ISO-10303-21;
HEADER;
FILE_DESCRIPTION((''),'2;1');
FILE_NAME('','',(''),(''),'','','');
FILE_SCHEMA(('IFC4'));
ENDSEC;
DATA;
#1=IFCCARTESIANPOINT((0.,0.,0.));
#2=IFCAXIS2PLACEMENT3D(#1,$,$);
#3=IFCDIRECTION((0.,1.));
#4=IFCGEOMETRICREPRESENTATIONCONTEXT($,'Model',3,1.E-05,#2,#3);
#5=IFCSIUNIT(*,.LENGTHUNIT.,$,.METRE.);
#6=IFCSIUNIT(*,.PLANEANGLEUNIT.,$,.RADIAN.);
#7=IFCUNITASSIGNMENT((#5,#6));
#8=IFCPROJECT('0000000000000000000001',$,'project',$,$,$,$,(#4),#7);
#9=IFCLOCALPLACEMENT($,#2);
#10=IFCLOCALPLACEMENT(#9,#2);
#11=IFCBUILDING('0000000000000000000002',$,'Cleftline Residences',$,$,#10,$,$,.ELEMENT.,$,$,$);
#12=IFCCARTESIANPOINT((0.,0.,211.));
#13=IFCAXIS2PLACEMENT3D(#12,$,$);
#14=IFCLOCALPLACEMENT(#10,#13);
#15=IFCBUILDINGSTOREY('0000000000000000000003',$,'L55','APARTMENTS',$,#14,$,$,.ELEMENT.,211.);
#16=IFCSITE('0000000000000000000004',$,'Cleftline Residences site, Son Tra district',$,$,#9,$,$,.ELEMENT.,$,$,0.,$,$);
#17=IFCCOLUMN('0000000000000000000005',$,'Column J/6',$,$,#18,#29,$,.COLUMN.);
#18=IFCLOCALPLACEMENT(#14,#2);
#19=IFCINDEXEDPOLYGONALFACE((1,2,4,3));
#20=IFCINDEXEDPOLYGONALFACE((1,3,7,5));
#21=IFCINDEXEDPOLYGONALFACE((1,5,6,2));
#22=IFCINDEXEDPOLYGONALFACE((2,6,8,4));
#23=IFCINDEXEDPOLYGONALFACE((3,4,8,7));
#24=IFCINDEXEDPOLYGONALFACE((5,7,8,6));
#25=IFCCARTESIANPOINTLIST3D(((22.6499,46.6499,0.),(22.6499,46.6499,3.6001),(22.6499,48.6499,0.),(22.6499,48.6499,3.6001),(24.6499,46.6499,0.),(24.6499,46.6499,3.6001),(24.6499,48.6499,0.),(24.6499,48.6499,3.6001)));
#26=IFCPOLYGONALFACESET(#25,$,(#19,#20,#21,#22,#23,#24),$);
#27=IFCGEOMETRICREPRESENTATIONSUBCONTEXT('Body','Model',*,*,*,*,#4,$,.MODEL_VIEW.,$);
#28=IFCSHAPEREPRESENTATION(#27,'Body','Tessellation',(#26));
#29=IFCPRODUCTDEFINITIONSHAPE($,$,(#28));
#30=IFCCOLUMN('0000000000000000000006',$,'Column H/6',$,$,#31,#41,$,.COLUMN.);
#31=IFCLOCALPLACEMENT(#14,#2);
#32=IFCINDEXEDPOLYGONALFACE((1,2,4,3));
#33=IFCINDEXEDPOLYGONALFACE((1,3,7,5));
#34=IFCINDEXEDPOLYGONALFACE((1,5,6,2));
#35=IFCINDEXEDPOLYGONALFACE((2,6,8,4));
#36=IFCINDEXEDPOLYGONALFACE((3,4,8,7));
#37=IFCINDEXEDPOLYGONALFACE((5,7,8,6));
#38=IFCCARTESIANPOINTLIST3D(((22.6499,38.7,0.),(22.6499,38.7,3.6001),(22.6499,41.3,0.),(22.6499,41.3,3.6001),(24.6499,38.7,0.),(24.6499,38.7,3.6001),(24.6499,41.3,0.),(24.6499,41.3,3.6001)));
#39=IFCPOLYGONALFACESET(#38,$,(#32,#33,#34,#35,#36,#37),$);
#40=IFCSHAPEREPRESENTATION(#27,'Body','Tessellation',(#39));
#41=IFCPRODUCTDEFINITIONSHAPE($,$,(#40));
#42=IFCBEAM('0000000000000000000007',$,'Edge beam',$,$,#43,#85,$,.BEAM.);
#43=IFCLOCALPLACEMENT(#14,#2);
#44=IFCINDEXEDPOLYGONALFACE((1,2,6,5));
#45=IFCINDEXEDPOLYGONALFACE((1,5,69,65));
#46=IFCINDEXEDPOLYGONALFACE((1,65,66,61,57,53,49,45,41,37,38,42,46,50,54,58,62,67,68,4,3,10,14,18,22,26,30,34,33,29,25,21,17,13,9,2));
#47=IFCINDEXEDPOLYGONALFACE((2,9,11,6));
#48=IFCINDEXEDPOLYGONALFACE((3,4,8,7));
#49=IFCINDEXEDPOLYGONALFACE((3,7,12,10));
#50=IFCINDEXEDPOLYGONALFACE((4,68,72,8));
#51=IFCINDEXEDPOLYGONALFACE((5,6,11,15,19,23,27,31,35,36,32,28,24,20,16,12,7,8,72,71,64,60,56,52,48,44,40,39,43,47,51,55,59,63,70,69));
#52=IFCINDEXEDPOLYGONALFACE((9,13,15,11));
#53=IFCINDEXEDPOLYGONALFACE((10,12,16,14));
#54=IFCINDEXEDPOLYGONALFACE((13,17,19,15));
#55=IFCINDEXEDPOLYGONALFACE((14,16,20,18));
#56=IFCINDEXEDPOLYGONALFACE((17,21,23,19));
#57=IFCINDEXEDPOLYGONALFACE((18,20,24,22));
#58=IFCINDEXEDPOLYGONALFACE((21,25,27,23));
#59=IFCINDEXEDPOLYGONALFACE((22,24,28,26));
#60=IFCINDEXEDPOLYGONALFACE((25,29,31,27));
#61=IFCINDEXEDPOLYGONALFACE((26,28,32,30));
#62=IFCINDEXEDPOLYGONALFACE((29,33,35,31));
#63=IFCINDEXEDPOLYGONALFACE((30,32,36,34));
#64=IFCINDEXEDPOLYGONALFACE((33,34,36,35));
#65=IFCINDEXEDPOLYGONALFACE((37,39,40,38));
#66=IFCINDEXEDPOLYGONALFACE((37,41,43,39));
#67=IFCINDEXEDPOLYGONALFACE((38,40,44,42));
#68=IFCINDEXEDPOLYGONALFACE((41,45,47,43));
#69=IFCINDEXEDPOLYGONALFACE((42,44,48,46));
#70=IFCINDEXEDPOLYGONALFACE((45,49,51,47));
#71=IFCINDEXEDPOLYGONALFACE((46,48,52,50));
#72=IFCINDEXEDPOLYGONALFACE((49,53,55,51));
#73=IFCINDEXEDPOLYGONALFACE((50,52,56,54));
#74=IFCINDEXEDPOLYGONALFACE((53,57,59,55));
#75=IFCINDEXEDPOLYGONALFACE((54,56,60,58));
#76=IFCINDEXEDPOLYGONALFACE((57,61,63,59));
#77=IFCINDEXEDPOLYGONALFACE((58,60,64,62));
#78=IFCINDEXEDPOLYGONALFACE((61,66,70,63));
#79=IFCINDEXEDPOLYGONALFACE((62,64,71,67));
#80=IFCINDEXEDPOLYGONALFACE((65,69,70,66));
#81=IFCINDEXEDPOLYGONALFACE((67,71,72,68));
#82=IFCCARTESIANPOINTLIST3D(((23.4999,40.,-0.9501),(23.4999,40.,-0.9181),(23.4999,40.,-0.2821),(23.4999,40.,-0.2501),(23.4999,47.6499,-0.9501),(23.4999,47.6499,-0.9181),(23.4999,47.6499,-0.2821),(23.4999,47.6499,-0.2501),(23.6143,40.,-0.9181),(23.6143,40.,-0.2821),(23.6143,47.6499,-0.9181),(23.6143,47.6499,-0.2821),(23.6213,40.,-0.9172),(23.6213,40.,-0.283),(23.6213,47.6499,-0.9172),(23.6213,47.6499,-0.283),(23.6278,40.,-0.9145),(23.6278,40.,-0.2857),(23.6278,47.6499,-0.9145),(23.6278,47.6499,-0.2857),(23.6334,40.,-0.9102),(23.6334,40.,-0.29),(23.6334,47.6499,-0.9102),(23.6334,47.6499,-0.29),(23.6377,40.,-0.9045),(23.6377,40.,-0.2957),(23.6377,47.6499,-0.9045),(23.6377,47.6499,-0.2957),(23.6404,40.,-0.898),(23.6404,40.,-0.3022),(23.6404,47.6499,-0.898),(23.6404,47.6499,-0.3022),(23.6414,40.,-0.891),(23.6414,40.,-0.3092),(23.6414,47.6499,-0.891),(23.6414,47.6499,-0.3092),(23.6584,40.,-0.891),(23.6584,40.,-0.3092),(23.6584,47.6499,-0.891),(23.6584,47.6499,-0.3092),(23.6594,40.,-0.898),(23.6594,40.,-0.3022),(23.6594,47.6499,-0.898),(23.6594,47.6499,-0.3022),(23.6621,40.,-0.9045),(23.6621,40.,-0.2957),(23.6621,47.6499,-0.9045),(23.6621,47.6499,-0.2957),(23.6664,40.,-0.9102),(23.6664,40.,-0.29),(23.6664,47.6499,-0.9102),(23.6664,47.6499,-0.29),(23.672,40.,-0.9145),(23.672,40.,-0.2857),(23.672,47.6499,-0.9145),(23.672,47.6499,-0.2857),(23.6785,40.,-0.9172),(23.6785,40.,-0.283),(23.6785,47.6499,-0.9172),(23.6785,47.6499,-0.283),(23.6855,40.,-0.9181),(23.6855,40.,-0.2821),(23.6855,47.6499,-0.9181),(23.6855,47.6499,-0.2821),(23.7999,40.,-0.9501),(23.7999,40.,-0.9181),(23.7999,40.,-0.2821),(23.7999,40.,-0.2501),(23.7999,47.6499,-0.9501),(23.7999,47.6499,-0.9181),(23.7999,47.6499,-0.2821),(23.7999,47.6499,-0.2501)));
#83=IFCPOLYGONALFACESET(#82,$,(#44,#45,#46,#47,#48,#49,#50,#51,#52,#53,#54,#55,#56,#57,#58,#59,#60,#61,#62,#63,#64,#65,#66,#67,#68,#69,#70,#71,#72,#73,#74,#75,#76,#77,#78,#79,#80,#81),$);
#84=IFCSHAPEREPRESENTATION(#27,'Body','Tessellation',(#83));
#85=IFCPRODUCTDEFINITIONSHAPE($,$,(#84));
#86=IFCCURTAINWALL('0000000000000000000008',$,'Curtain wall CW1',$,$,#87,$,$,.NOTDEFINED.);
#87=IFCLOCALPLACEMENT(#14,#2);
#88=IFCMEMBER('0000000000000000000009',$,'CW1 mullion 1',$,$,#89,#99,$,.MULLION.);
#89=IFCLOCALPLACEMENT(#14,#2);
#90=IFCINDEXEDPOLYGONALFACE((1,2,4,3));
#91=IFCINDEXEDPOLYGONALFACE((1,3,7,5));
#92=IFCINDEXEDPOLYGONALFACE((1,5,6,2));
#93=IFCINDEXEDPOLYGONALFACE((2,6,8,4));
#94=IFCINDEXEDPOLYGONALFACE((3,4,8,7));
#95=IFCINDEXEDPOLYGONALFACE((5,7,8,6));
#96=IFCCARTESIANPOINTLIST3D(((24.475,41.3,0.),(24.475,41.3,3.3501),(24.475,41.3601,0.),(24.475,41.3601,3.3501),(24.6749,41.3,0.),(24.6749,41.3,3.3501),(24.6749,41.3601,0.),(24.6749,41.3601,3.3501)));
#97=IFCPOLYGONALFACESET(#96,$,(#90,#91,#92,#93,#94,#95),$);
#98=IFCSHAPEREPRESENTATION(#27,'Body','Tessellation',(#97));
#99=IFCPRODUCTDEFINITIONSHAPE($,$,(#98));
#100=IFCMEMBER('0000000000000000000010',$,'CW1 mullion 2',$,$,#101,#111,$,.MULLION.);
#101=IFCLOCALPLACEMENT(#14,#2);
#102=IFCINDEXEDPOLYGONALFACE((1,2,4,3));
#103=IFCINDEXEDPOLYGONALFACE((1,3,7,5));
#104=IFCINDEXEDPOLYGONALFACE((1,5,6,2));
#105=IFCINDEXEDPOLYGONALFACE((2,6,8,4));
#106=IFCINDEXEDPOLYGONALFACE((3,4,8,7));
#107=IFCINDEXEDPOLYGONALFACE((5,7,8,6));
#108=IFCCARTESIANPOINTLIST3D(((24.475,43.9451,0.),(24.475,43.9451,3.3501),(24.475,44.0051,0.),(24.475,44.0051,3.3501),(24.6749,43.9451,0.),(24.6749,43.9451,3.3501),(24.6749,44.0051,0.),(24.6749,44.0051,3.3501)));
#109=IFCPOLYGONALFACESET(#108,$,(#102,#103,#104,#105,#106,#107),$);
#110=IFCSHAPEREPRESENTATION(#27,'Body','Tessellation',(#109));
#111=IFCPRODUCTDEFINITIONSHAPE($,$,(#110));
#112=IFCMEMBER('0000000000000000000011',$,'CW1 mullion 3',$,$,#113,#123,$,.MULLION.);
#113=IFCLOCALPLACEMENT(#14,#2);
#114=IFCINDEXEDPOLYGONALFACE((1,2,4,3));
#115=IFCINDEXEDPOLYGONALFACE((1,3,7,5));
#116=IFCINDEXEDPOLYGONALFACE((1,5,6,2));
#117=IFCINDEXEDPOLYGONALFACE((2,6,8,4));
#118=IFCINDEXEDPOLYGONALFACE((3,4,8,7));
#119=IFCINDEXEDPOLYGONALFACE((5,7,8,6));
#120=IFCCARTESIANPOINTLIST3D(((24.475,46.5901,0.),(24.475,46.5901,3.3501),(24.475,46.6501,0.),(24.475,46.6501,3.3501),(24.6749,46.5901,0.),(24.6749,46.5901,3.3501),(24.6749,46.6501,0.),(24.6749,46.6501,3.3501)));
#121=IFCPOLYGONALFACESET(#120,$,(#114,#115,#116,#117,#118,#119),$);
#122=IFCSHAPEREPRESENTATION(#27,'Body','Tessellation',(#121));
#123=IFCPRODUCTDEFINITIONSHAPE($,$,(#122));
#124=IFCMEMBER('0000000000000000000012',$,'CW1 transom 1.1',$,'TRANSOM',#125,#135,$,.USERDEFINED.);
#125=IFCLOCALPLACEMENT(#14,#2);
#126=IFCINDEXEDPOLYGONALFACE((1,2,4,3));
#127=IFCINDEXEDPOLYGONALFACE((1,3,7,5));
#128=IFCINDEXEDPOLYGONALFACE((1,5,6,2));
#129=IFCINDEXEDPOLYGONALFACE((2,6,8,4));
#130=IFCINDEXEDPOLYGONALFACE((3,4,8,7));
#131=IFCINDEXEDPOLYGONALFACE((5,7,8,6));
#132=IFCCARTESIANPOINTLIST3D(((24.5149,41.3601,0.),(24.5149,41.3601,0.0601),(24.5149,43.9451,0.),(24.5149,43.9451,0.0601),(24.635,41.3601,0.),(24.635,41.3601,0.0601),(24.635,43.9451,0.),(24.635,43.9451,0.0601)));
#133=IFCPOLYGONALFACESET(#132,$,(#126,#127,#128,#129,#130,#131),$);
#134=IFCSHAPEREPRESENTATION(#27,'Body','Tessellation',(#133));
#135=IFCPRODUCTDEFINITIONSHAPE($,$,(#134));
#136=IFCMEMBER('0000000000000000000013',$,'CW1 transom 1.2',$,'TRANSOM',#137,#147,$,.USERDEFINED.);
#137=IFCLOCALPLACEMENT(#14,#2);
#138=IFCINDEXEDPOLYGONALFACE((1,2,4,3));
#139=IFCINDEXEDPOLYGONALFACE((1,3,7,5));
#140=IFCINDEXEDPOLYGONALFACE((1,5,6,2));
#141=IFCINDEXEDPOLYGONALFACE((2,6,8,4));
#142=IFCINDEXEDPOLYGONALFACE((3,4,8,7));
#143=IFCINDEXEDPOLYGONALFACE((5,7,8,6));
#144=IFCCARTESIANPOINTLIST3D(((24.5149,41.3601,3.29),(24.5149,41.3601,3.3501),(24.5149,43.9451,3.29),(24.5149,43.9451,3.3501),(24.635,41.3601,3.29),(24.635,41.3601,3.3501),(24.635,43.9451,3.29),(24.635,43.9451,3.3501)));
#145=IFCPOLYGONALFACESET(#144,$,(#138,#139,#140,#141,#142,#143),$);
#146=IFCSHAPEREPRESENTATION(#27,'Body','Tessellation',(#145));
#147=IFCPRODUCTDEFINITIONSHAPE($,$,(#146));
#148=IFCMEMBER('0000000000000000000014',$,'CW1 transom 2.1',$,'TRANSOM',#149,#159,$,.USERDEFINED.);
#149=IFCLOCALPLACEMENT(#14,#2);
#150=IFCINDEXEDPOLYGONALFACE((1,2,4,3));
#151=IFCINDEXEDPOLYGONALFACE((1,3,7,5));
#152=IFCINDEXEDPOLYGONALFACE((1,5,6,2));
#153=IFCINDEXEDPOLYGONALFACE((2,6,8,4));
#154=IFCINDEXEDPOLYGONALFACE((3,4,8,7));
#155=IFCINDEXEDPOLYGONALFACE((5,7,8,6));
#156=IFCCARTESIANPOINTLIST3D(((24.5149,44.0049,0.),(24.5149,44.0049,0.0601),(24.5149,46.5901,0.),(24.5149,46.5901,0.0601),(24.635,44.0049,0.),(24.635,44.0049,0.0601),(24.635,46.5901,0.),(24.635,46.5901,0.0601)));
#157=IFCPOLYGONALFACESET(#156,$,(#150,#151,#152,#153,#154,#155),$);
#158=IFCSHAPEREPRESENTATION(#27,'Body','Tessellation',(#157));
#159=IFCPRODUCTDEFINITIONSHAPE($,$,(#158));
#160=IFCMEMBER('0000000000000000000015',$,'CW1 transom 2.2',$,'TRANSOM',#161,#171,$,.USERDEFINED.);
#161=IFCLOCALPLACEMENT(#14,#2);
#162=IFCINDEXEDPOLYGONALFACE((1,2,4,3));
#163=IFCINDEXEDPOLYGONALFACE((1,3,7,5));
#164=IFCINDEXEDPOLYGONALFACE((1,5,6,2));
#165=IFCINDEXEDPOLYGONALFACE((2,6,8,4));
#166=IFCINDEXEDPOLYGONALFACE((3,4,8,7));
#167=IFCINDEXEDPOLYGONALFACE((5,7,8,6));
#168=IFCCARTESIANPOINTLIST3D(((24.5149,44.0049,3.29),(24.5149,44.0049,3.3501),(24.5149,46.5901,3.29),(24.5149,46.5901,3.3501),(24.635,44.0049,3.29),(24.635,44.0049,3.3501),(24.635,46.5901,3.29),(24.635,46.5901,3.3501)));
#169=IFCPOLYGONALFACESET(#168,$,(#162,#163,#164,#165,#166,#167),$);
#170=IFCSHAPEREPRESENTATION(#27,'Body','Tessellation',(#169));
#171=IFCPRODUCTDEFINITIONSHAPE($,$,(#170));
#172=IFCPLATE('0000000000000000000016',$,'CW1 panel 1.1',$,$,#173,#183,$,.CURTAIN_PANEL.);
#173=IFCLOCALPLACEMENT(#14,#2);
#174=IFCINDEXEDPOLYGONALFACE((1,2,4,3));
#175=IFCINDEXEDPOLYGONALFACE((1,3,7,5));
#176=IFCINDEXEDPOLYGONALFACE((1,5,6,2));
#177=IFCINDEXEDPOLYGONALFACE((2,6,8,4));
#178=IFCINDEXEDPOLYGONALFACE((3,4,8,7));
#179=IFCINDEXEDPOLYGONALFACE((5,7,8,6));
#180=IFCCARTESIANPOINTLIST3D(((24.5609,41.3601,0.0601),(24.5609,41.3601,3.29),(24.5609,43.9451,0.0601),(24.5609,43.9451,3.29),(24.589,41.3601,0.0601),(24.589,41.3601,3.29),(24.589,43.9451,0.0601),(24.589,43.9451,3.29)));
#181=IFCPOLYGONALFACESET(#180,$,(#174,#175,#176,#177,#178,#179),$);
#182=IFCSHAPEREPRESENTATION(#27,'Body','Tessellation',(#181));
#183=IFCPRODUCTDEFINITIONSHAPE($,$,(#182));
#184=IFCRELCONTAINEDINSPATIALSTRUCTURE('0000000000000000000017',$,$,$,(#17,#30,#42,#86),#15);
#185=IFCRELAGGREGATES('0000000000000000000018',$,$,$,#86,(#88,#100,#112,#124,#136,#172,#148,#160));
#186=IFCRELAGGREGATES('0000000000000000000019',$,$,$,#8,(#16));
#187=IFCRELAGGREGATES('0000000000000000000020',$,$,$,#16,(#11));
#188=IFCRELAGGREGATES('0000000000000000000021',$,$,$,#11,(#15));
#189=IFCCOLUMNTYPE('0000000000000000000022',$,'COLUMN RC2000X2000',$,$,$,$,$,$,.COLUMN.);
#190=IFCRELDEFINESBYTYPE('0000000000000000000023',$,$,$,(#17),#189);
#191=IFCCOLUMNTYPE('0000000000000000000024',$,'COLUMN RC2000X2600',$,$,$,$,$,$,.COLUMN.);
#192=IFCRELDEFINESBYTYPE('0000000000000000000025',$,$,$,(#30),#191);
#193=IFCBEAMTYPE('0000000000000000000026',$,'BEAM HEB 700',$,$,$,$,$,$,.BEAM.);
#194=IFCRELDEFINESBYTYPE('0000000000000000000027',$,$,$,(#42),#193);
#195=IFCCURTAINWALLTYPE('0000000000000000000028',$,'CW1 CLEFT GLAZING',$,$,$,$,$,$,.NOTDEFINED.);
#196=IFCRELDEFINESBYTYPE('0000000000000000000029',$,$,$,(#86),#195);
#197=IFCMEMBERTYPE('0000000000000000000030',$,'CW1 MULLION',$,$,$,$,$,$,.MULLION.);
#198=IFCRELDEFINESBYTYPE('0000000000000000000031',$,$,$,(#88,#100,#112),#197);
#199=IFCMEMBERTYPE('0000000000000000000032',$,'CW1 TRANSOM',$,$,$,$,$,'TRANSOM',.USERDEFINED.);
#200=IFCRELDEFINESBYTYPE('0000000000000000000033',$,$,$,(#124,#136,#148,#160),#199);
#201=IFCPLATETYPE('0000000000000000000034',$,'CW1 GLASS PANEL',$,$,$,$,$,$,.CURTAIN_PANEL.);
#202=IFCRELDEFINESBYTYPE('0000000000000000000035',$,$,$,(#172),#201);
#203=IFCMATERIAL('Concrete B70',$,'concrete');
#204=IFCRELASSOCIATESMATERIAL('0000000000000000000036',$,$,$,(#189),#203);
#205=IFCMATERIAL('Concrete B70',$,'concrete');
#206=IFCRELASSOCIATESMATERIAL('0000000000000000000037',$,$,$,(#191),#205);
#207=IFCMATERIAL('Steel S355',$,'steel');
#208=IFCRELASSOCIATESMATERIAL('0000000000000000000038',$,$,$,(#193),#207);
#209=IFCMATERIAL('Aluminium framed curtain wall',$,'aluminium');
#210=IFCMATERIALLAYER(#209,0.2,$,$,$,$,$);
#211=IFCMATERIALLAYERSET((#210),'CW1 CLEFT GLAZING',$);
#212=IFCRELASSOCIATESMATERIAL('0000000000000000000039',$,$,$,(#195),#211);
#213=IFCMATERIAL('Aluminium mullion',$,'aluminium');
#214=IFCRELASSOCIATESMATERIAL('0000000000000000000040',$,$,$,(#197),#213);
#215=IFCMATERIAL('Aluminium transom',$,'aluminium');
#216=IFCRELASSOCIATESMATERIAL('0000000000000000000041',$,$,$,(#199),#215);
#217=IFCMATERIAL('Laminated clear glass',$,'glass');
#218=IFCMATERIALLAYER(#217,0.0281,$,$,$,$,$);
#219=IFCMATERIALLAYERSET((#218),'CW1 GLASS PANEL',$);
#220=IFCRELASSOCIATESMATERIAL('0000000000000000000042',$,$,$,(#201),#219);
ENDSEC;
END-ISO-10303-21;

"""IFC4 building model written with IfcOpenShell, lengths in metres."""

from ifc_helpers import new_model, si_unit, direction, frame, origin, origin_2d, place, context, subcontext, project, spatial, rectangle, i_section, extrude, material, layer, layer_set, material_profile, profile_set, type_object, element, aggregate, save


model = new_model("IFC4")

# Units and contexts
model_context = context("Model", 3, precision=1e-05, world=origin(), true_north=direction((0.0, 1.0)))
body_context = subcontext(model_context, "Body", "Model", "MODEL_VIEW")
ifc_project = project(units=[si_unit("LENGTHUNIT", "METRE"), si_unit("PLANEANGLEUNIT", "RADIAN")], contexts=[model_context])

# Site, building, storey
site_placement = place(None, origin())
site = spatial("IfcSite", under=ifc_project, at=site_placement, Name="Cleftline Residences site, Son Tra district", CompositionType="ELEMENT", RefElevation=0.0)
building_placement = place(site_placement, origin())
building = spatial("IfcBuilding", under=site, at=building_placement, Name="Cleftline Residences", CompositionType="ELEMENT")
storey_placement = place(building_placement, frame((0.0, 0.0, 211.0)))
storey = spatial("IfcBuildingStorey", under=building, at=storey_placement, Name="L55", Description="APARTMENTS", CompositionType="ELEMENT", Elevation=211.0)

# Columns
ifc_material_1 = material(Name="Concrete B70", Category="concrete")
ifc_material_profile_1 = material_profile(ifc_material_1, rectangle(XDim=2.0, YDim=2.0, at=origin_2d()))
ifc_profile_set_1 = profile_set([ifc_material_profile_1], Name="Concrete B70")
column_type_1 = type_object("IfcColumnType", Name="COLUMN RC2000X2000", PredefinedType="COLUMN", material=ifc_profile_set_1)
column_1_placement = place(storey_placement, frame((23.6499, 47.6499, 0.0), z_axis=(0.0, 0.0, 1.0), x_axis=(1.0, 0.0, 0.0)))
element("IfcColumn", 1, at=column_1_placement, inside=storey, type_object=column_type_1, Name="Column J/6", PredefinedType="COLUMN", context=body_context, shape_type="SweptSolid", body=[
    extrude(rectangle(XDim=2.0, YDim=2.0, at=origin_2d()), origin(), (0.0, 0.0, 1.0), 3.6001),
])
ifc_material_2 = material(Name="Concrete B70", Category="concrete")
ifc_material_profile_2 = material_profile(ifc_material_2, rectangle(XDim=2.0, YDim=2.6001, at=origin_2d()))
ifc_profile_set_2 = profile_set([ifc_material_profile_2], Name="Concrete B70")
column_type_2 = type_object("IfcColumnType", Name="COLUMN RC2000X2600", PredefinedType="COLUMN", material=ifc_profile_set_2)
column_2_placement = place(storey_placement, frame((23.6499, 40.0, 0.0), z_axis=(0.0, 0.0, 1.0), x_axis=(1.0, 0.0, 0.0)))
element("IfcColumn", 2, at=column_2_placement, inside=storey, type_object=column_type_2, Name="Column H/6", PredefinedType="COLUMN", context=body_context, shape_type="SweptSolid", body=[
    extrude(rectangle(XDim=2.0, YDim=2.6001, at=origin_2d()), origin(), (0.0, 0.0, 1.0), 3.6001),
])

# Beam
ifc_material_3 = material(Name="Steel S355", Category="steel")
ifc_material_profile_3 = material_profile(ifc_material_3, i_section(OverallWidth=0.3, OverallDepth=0.7, WebThickness=0.0171, FlangeThickness=0.032, FilletRadius=0.0271, at=origin_2d()))
ifc_profile_set_3 = profile_set([ifc_material_profile_3], Name="Steel S355")
beam_type = type_object("IfcBeamType", Name="BEAM HEB 700", PredefinedType="BEAM", material=ifc_profile_set_3)
beam_placement = place(storey_placement, frame((23.6499, 47.6499, -0.6001), z_axis=(0.0, -1.0, 0.0), x_axis=(1.0, 0.0, 0.0)))
element("IfcBeam", 3, at=beam_placement, inside=storey, type_object=beam_type, Name="Edge beam", PredefinedType="BEAM", context=body_context, shape_type="SweptSolid", body=[
    extrude(i_section(OverallWidth=0.3, OverallDepth=0.7, WebThickness=0.0171, FlangeThickness=0.032, FilletRadius=0.0271, at=origin_2d()), origin(), (0.0, 0.0, 1.0), 7.6499),
])

# Curtain wall, members, plate
ifc_material_4 = material(Name="Aluminium framed curtain wall", Category="aluminium")
ifc_layer_1 = layer(ifc_material_4, 0.2)
ifc_layer_set_1 = layer_set([ifc_layer_1], Name="CW1 CLEFT GLAZING")
curtain_wall_type = type_object("IfcCurtainWallType", Name="CW1 CLEFT GLAZING", PredefinedType="NOTDEFINED", material=ifc_layer_set_1)
curtain_wall_placement = place(storey_placement, origin())
curtain_wall = element("IfcCurtainWall", 4, at=curtain_wall_placement, inside=storey, type_object=curtain_wall_type, Name="Curtain wall CW1", PredefinedType="NOTDEFINED")
ifc_material_5 = material(Name="Aluminium mullion", Category="aluminium")
ifc_material_profile_4 = material_profile(ifc_material_5, rectangle(XDim=0.2, YDim=0.0601, at=origin_2d()))
ifc_profile_set_4 = profile_set([ifc_material_profile_4], Name="Aluminium mullion")
member_type_1 = type_object("IfcMemberType", Name="CW1 MULLION", PredefinedType="MULLION", material=ifc_profile_set_4)
member_1_placement = place(storey_placement, frame((24.575, 41.3301, 0.0), z_axis=(0.0, 0.0, 1.0), x_axis=(-1.0, 0.0, 0.0)))
member_1 = element("IfcMember", 5, at=member_1_placement, type_object=member_type_1, Name="CW1 mullion 1", PredefinedType="MULLION", context=body_context, shape_type="SweptSolid", body=[
    extrude(rectangle(XDim=0.2, YDim=0.0601, at=origin_2d()), origin(), (0.0, 0.0, 1.0), 3.3501),
])
member_2_placement = place(storey_placement, frame((24.575, 43.9751, 0.0), z_axis=(0.0, 0.0, 1.0), x_axis=(-1.0, 0.0, 0.0)))
member_2 = element("IfcMember", 6, at=member_2_placement, type_object=member_type_1, Name="CW1 mullion 2", PredefinedType="MULLION", context=body_context, shape_type="SweptSolid", body=[
    extrude(rectangle(XDim=0.2, YDim=0.0601, at=origin_2d()), origin(), (0.0, 0.0, 1.0), 3.3501),
])
member_3_placement = place(storey_placement, frame((24.575, 46.6201, 0.0), z_axis=(0.0, 0.0, 1.0), x_axis=(-1.0, 0.0, 0.0)))
member_3 = element("IfcMember", 7, at=member_3_placement, type_object=member_type_1, Name="CW1 mullion 3", PredefinedType="MULLION", context=body_context, shape_type="SweptSolid", body=[
    extrude(rectangle(XDim=0.2, YDim=0.0601, at=origin_2d()), origin(), (0.0, 0.0, 1.0), 3.3501),
])
ifc_material_6 = material(Name="Aluminium transom", Category="aluminium")
ifc_material_profile_5 = material_profile(ifc_material_6, rectangle(XDim=0.1201, YDim=0.0601, at=origin_2d()))
ifc_profile_set_5 = profile_set([ifc_material_profile_5], Name="Aluminium transom")
member_type_2 = type_object("IfcMemberType", Name="CW1 TRANSOM", ElementType="TRANSOM", PredefinedType="USERDEFINED", material=ifc_profile_set_5)
member_4_placement = place(storey_placement, frame((24.575, 41.3601, 0.03), z_axis=(0.0, 1.0, 0.0), x_axis=(-1.0, 0.0, 0.0)))
member_4 = element("IfcMember", 8, at=member_4_placement, type_object=member_type_2, Name="CW1 transom 1.1", ObjectType="TRANSOM", PredefinedType="USERDEFINED", context=body_context, shape_type="SweptSolid", body=[
    extrude(rectangle(XDim=0.1201, YDim=0.0601, at=origin_2d()), origin(), (0.0, 0.0, 1.0), 2.585),
])
member_5_placement = place(storey_placement, frame((24.575, 41.3601, 3.3201), z_axis=(0.0, 1.0, 0.0), x_axis=(-1.0, 0.0, 0.0)))
member_5 = element("IfcMember", 9, at=member_5_placement, type_object=member_type_2, Name="CW1 transom 1.2", ObjectType="TRANSOM", PredefinedType="USERDEFINED", context=body_context, shape_type="SweptSolid", body=[
    extrude(rectangle(XDim=0.1201, YDim=0.0601, at=origin_2d()), origin(), (0.0, 0.0, 1.0), 2.585),
])
member_6_placement = place(storey_placement, frame((24.575, 44.0049, 0.03), z_axis=(0.0, 1.0, 0.0), x_axis=(-1.0, 0.0, 0.0)))
member_6 = element("IfcMember", 10, at=member_6_placement, type_object=member_type_2, Name="CW1 transom 2.1", ObjectType="TRANSOM", PredefinedType="USERDEFINED", context=body_context, shape_type="SweptSolid", body=[
    extrude(rectangle(XDim=0.1201, YDim=0.0601, at=origin_2d()), origin(), (0.0, 0.0, 1.0), 2.5852),
])
member_7_placement = place(storey_placement, frame((24.575, 44.0049, 3.3201), z_axis=(0.0, 1.0, 0.0), x_axis=(-1.0, 0.0, 0.0)))
member_7 = element("IfcMember", 11, at=member_7_placement, type_object=member_type_2, Name="CW1 transom 2.2", ObjectType="TRANSOM", PredefinedType="USERDEFINED", context=body_context, shape_type="SweptSolid", body=[
    extrude(rectangle(XDim=0.1201, YDim=0.0601, at=origin_2d()), origin(), (0.0, 0.0, 1.0), 2.5852),
])
ifc_material_7 = material(Name="Laminated clear glass", Category="glass")
ifc_layer_2 = layer(ifc_material_7, 0.0281)
ifc_layer_set_2 = layer_set([ifc_layer_2], Name="CW1 GLASS PANEL")
plate_type = type_object("IfcPlateType", Name="CW1 GLASS PANEL", PredefinedType="CURTAIN_PANEL", material=ifc_layer_set_2)
plate_1_placement = place(storey_placement, frame((24.575, 42.6526, 0.0601), z_axis=(0.0, 0.0, 1.0), x_axis=(0.0, 1.0, 0.0)))
plate_1 = element("IfcPlate", 12, at=plate_1_placement, type_object=plate_type, Name="CW1 panel 1.1", PredefinedType="CURTAIN_PANEL", context=body_context, shape_type="SweptSolid", body=[
    extrude(rectangle(XDim=2.585, YDim=0.0281, at=origin_2d()), origin(), (0.0, 0.0, 1.0), 3.23),
])
aggregate(curtain_wall, [member_1, member_2, member_3, member_4, member_5, plate_1, member_6, member_7])

save(model, "model.ifc")
